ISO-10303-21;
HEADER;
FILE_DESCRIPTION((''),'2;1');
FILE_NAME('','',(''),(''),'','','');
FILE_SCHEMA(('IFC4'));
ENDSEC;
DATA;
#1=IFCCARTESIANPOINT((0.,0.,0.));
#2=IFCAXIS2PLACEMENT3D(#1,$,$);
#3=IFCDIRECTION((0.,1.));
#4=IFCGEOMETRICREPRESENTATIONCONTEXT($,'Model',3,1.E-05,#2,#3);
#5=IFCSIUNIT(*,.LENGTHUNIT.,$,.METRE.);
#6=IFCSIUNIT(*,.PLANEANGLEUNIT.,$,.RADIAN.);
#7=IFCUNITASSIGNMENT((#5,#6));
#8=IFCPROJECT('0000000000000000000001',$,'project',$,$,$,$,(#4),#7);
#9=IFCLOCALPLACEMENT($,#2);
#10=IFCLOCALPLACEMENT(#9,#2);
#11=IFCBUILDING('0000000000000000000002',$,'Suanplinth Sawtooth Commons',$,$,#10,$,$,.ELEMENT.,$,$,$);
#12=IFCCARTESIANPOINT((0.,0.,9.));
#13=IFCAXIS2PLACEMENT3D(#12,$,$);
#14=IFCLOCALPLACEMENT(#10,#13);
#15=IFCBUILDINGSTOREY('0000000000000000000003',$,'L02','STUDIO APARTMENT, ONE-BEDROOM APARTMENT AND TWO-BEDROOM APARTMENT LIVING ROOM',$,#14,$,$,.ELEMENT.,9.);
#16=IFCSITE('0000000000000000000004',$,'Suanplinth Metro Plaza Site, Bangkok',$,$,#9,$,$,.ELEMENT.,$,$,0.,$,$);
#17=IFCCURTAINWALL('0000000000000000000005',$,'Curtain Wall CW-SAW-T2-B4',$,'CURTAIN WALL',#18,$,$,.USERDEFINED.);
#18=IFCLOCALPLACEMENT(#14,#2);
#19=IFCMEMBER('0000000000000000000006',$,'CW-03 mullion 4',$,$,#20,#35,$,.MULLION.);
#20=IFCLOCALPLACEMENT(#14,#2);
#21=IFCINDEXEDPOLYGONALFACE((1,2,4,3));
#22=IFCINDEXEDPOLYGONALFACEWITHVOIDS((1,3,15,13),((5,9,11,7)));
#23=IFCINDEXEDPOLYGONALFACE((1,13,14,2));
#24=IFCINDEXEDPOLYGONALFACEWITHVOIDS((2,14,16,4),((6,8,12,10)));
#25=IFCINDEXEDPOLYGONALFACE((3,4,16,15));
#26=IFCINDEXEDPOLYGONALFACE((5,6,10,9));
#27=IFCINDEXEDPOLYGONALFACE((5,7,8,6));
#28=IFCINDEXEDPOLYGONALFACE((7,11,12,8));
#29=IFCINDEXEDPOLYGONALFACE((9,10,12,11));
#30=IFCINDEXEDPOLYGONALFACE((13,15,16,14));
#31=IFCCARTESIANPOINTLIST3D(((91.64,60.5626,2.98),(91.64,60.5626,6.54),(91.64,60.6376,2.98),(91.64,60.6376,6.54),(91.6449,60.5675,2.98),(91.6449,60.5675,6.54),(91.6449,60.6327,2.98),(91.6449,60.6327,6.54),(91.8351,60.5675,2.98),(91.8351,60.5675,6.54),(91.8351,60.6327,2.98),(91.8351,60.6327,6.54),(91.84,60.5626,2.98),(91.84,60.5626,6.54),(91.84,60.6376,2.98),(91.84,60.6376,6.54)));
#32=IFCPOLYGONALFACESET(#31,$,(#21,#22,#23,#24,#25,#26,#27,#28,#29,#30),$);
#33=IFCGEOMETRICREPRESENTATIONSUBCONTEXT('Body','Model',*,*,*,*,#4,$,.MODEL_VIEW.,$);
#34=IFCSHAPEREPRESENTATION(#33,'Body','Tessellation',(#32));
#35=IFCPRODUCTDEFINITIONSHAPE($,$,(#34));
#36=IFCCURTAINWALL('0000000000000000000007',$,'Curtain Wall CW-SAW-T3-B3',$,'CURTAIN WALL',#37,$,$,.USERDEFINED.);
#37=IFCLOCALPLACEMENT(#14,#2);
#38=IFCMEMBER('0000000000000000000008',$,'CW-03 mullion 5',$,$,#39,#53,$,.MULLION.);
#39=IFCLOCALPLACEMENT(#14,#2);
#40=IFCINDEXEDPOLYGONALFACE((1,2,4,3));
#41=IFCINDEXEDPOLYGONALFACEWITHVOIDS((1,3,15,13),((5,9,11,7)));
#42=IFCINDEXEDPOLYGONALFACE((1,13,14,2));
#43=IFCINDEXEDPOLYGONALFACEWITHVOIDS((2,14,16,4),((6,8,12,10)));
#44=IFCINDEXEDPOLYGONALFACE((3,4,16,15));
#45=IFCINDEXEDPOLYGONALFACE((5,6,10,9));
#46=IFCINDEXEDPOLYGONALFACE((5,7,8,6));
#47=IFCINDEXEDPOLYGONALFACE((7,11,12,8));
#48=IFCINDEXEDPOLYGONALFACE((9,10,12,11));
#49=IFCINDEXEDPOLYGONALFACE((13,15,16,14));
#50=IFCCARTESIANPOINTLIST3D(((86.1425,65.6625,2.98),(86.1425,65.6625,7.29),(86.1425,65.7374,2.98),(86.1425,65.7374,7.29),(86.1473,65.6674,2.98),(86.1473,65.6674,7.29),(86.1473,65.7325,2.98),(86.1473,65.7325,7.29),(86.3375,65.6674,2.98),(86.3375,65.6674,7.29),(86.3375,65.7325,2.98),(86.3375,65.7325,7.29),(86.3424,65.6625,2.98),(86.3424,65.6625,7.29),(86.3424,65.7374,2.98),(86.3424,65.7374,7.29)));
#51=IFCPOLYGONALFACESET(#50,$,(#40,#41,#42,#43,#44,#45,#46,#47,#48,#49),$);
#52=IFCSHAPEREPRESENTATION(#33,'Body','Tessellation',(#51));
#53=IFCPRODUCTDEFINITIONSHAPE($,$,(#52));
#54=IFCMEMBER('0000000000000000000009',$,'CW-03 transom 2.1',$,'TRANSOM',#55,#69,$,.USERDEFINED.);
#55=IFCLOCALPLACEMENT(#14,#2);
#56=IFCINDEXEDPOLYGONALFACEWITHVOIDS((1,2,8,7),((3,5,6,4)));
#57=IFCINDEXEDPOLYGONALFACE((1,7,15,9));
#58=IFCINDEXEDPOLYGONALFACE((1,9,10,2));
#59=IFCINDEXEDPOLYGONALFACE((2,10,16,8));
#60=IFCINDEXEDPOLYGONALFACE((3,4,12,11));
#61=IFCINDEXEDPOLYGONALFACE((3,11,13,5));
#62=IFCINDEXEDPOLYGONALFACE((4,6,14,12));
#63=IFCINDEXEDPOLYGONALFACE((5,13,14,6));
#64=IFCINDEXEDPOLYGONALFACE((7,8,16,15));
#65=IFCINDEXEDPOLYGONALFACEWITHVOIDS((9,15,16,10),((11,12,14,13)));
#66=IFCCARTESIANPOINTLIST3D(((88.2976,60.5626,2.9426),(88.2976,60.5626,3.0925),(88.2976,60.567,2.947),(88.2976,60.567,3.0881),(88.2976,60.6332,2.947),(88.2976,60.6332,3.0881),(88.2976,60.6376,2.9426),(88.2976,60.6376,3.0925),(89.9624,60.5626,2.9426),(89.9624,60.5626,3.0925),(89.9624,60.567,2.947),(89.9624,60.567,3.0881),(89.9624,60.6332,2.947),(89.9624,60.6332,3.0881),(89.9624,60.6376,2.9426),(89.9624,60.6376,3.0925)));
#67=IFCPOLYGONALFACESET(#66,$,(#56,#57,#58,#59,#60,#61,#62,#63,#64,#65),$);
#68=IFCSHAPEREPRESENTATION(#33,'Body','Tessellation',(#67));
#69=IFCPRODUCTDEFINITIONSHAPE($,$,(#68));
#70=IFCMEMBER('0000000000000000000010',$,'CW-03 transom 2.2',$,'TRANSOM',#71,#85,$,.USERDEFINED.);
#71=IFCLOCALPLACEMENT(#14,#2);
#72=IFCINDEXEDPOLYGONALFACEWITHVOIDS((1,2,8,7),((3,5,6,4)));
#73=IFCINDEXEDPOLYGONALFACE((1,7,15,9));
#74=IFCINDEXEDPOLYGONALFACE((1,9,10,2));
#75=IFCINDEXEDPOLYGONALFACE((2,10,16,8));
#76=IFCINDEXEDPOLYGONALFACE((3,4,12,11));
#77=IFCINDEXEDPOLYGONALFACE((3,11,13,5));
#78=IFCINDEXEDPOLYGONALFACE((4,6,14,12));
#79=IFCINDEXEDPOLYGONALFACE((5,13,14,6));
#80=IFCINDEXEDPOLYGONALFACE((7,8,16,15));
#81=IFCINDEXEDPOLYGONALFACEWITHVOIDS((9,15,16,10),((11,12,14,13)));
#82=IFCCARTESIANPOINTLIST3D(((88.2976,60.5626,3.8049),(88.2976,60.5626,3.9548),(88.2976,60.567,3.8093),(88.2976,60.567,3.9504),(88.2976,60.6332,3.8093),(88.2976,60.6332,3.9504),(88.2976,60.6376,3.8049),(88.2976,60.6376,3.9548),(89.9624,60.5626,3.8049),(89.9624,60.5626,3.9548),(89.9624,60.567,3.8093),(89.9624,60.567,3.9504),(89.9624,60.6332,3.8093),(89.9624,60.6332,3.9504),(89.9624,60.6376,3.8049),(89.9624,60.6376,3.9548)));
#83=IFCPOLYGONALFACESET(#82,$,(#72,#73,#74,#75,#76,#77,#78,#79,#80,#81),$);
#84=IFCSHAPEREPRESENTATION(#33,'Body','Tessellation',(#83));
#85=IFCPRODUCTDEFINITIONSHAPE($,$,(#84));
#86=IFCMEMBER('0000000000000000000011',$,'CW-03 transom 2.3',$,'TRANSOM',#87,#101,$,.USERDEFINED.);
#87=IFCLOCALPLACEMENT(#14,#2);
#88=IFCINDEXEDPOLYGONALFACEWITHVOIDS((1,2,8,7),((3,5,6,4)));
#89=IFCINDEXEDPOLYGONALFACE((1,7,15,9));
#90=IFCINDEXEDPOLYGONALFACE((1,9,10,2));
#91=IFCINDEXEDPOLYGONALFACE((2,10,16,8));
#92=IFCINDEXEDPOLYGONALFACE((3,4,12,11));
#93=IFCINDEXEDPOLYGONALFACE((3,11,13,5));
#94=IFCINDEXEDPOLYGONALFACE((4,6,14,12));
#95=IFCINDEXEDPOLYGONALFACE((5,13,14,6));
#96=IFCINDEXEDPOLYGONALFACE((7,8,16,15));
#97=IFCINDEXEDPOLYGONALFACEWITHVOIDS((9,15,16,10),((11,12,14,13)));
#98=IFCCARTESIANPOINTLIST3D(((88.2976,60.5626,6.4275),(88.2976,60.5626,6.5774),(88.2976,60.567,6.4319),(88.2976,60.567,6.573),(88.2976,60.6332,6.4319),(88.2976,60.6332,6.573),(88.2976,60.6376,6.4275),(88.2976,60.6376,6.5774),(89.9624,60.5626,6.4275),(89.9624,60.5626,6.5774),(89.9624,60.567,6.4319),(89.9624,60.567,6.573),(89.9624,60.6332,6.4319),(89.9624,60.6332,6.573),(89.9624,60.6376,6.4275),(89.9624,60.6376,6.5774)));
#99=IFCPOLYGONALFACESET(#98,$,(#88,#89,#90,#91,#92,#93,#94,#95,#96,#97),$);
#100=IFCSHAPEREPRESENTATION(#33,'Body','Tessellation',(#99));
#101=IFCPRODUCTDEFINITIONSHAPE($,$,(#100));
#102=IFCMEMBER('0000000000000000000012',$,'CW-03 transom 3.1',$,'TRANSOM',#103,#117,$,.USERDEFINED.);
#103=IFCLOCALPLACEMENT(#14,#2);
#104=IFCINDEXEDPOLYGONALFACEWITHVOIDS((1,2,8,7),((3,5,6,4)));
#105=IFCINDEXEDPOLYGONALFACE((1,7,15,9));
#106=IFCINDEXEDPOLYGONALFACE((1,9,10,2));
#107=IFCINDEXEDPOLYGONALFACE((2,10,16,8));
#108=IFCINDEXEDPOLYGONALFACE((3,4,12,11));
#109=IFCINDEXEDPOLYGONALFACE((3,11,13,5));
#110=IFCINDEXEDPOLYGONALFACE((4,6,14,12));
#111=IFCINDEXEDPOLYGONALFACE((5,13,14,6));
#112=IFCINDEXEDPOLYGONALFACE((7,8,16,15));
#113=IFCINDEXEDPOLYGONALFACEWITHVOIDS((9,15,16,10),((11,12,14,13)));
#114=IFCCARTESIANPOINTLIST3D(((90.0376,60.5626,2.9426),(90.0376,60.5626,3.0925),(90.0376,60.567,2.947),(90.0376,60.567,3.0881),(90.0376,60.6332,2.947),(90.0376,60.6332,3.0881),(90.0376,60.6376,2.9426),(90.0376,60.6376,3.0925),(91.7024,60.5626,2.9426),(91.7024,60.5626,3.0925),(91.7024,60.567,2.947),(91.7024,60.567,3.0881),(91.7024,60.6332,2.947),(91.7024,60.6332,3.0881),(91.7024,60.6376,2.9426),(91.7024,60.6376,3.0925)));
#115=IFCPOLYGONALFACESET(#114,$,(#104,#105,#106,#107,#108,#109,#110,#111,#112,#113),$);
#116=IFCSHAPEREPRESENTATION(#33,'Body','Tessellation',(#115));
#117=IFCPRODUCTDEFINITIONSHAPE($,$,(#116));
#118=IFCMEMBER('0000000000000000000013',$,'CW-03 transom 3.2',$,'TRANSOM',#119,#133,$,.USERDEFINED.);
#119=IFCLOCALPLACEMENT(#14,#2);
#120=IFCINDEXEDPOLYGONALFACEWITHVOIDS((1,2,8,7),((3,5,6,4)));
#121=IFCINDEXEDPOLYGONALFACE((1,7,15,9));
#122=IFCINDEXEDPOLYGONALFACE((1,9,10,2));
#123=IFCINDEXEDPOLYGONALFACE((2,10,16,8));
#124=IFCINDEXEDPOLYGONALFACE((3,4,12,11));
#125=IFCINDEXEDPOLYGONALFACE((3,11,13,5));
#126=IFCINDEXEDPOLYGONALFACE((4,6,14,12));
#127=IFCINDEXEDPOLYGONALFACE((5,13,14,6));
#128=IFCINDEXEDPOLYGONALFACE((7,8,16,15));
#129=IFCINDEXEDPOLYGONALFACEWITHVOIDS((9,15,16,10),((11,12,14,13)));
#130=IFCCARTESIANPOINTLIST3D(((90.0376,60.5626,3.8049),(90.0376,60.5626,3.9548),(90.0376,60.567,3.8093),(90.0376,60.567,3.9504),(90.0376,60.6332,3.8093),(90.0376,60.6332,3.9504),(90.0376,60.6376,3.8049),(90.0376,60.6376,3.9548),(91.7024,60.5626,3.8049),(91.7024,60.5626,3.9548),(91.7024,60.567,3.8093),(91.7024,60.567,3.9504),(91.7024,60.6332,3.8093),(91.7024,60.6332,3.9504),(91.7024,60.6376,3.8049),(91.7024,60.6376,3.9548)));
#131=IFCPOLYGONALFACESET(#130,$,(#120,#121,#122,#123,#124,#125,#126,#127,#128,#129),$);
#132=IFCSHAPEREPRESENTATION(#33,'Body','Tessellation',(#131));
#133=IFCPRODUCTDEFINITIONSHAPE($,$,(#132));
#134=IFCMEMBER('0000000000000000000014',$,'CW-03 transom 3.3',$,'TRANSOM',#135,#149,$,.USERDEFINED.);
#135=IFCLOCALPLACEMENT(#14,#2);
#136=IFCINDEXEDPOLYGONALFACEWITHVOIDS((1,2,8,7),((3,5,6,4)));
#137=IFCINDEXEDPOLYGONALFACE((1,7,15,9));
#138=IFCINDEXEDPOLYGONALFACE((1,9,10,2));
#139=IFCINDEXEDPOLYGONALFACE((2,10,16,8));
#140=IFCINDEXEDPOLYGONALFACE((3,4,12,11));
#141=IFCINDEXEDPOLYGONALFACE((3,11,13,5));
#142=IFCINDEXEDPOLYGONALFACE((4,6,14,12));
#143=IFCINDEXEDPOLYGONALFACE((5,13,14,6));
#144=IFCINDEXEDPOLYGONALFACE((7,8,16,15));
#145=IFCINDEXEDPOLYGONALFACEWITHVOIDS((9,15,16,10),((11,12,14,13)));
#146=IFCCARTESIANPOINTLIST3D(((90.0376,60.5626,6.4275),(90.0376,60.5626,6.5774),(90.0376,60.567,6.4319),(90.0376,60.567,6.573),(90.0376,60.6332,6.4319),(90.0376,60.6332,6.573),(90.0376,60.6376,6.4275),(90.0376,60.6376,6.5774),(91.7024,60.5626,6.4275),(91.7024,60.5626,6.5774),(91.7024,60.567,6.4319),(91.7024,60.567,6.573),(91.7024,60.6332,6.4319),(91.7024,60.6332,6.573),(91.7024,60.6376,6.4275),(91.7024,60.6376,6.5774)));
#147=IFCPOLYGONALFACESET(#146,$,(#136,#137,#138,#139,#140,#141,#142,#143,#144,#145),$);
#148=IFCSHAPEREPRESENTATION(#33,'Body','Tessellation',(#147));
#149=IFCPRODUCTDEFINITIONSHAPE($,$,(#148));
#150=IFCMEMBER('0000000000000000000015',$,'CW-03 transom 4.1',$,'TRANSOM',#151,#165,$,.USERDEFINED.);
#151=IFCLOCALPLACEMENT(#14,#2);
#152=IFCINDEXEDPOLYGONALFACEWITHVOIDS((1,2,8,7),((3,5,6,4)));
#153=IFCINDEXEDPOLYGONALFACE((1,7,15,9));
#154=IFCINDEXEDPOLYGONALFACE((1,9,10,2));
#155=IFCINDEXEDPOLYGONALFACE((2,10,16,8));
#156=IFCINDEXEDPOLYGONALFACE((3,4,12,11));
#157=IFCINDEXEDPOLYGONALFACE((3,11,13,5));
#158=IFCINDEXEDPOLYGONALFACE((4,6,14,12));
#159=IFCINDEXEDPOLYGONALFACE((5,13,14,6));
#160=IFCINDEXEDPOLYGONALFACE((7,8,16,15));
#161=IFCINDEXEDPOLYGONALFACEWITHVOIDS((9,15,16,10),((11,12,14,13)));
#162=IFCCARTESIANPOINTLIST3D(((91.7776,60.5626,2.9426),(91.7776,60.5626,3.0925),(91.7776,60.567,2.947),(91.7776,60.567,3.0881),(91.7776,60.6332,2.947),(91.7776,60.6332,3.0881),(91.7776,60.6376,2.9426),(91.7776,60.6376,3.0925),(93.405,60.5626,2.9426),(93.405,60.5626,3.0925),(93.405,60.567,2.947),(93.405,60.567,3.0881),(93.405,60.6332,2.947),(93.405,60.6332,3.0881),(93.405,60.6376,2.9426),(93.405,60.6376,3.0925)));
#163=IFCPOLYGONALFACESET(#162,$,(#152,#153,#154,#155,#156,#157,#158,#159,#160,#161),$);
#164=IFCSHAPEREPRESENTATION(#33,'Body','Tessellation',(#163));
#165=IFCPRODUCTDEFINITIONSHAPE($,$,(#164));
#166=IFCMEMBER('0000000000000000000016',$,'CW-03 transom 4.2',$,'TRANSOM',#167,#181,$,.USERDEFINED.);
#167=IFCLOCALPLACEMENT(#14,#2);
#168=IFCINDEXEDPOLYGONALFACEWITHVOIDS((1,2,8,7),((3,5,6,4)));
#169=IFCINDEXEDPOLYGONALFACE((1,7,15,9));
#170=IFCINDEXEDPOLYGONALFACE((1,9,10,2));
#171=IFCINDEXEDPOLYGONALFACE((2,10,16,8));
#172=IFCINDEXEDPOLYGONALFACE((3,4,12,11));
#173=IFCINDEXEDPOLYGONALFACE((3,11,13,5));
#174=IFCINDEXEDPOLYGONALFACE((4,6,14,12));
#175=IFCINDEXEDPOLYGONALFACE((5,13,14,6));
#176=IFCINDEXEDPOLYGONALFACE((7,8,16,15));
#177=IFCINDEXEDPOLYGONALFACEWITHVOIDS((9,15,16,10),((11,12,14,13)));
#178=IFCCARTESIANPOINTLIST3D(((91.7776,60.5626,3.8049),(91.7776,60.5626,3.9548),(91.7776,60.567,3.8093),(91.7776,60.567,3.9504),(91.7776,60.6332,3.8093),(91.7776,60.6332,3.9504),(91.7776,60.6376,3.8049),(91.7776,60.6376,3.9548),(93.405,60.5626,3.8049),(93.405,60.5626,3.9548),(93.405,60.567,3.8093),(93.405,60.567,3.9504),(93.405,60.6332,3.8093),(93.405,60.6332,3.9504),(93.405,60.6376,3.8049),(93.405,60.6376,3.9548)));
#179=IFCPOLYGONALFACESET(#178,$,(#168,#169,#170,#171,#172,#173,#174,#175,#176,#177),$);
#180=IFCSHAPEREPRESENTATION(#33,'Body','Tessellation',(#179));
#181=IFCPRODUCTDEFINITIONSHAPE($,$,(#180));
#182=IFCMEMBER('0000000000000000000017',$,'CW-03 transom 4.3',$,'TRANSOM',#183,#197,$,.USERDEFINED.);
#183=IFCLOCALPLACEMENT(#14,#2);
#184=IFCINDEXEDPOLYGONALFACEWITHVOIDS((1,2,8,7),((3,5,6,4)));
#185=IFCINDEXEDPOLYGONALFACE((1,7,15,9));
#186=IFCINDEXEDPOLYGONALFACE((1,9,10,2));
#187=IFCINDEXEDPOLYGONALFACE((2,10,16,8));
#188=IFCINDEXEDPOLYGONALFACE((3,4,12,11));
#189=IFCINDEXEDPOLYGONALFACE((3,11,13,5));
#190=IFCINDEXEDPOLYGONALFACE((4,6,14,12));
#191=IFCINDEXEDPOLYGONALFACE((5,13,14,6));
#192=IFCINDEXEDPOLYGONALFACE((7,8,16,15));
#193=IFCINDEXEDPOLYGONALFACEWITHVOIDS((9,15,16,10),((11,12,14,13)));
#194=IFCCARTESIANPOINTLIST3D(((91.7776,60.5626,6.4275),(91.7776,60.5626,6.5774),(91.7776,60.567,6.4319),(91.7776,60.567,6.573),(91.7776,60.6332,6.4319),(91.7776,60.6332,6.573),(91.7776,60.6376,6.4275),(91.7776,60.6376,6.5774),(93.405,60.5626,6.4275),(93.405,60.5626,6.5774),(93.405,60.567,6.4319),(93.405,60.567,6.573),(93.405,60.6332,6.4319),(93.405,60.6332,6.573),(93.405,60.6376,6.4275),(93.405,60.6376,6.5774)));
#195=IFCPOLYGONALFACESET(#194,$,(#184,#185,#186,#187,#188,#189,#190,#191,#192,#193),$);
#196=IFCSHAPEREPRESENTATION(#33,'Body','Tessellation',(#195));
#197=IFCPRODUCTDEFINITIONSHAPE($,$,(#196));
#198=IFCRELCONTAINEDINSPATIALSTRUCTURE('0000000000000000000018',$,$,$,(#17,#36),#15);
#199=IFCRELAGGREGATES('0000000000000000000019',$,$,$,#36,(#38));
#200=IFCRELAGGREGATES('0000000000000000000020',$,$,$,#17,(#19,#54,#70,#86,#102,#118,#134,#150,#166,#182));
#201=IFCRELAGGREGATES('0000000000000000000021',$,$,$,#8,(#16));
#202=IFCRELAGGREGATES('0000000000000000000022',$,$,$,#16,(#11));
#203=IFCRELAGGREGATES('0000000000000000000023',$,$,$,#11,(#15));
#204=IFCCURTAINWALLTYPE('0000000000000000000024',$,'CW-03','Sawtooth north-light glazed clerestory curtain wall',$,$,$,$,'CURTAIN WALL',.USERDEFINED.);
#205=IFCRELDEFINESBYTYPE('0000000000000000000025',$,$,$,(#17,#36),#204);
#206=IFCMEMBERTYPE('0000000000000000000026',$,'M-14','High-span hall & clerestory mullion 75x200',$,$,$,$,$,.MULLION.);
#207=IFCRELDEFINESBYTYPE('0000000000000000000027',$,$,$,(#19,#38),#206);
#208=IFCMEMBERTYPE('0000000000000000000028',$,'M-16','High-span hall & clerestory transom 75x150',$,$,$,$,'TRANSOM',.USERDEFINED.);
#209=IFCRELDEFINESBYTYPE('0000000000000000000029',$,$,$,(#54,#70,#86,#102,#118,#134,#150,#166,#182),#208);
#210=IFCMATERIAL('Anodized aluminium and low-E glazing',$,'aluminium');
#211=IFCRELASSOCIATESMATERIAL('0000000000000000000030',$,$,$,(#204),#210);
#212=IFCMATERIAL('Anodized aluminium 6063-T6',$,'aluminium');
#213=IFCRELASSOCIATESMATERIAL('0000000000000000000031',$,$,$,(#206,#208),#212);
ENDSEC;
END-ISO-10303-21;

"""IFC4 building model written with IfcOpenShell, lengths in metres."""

from ifc_helpers import new_model, si_unit, direction, frame, origin, origin_2d, place, context, subcontext, project, spatial, hollow_rectangle, extrude, material, material_profile, profile_set, type_object, element, aggregate, save


model = new_model("IFC4")

# Units and contexts
model_context = context("Model", 3, precision=1e-05, world=origin(), true_north=direction((0.0, 1.0)))
body_context = subcontext(model_context, "Body", "Model", "MODEL_VIEW")
ifc_project = project(units=[si_unit("LENGTHUNIT", "METRE"), si_unit("PLANEANGLEUNIT", "RADIAN")], contexts=[model_context])

# Site, building, storey
site_placement = place(None, origin())
site = spatial("IfcSite", under=ifc_project, at=site_placement, Name="Suanplinth Metro Plaza Site, Bangkok", CompositionType="ELEMENT", RefElevation=0.0)
building_placement = place(site_placement, origin())
building = spatial("IfcBuilding", under=site, at=building_placement, Name="Suanplinth Sawtooth Commons", CompositionType="ELEMENT")
storey_placement = place(building_placement, frame((0.0, 0.0, 9.0)))
storey = spatial("IfcBuildingStorey", under=building, at=storey_placement, Name="L02", Description="STUDIO APARTMENT, ONE-BEDROOM APARTMENT AND TWO-BEDROOM APARTMENT LIVING ROOM", CompositionType="ELEMENT", Elevation=9.0)

# Curtain wall, member
ifc_material_1 = material(Name="Anodized aluminium and low-E glazing", Category="aluminium")
curtain_wall_type = type_object("IfcCurtainWallType", Name="CW-03", Description="Sawtooth north-light glazed clerestory curtain wall", ElementType="CURTAIN WALL", PredefinedType="USERDEFINED", material=ifc_material_1)
curtain_wall_1_placement = place(storey_placement, origin())
curtain_wall_1 = element("IfcCurtainWall", 1, at=curtain_wall_1_placement, inside=storey, type_object=curtain_wall_type, Name="Curtain Wall CW-SAW-T2-B4", ObjectType="CURTAIN WALL", PredefinedType="USERDEFINED")
ifc_material_2 = material(Name="Anodized aluminium 6063-T6", Category="aluminium")
ifc_material_profile_1 = material_profile(ifc_material_2, hollow_rectangle(XDim=0.075, YDim=0.2, WallThickness=0.0049, at=origin_2d()), Name="ALU-MUL 75x200")
ifc_profile_set_1 = profile_set([ifc_material_profile_1], Name="Anodized aluminium 6063-T6")
member_type_1 = type_object("IfcMemberType", Name="M-14", Description="High-span hall & clerestory mullion 75x200", PredefinedType="MULLION", material=ifc_profile_set_1)
member_1_placement = place(storey_placement, frame((91.74, 60.6001, 2.98), z_axis=(0.0, 0.0, 1.0), x_axis=(0.0, 1.0, 0.0)))
member_1 = element("IfcMember", 2, at=member_1_placement, type_object=member_type_1, Name="CW-03 mullion 4", PredefinedType="MULLION", context=body_context, shape_type="SweptSolid", body=[
    extrude(hollow_rectangle(XDim=0.075, YDim=0.2, WallThickness=0.0049, at=origin_2d()), origin(), (0.0, 0.0, 1.0), 3.5601),
])

# Curtain wall, member
curtain_wall_2_placement = place(storey_placement, origin())
curtain_wall_2 = element("IfcCurtainWall", 3, at=curtain_wall_2_placement, inside=storey, type_object=curtain_wall_type, Name="Curtain Wall CW-SAW-T3-B3", ObjectType="CURTAIN WALL", PredefinedType="USERDEFINED")
member_2_placement = place(storey_placement, frame((86.2424, 65.7, 2.98), z_axis=(0.0, 0.0, 1.0), x_axis=(0.0, 1.0, 0.0)))
member_2 = element("IfcMember", 4, at=member_2_placement, type_object=member_type_1, Name="CW-03 mullion 5", PredefinedType="MULLION", context=body_context, shape_type="SweptSolid", body=[
    extrude(hollow_rectangle(XDim=0.075, YDim=0.2, WallThickness=0.0049, at=origin_2d()), origin(), (0.0, 0.0, 1.0), 4.3101),
])

# Members
ifc_material_profile_2 = material_profile(ifc_material_2, hollow_rectangle(XDim=0.075, YDim=0.1499, WallThickness=0.0044, at=origin_2d()), Name="ALU-TRN 75x150")
ifc_profile_set_2 = profile_set([ifc_material_profile_2], Name="Anodized aluminium 6063-T6")
member_type_2 = type_object("IfcMemberType", Name="M-16", Description="High-span hall & clerestory transom 75x150", ElementType="TRANSOM", PredefinedType="USERDEFINED", material=ifc_profile_set_2)
member_3_placement = place(storey_placement, frame((88.2976, 60.6001, 3.0176), z_axis=(1.0, 0.0, 0.0), x_axis=(0.0, 1.0, 0.0)))
member_3 = element("IfcMember", 5, at=member_3_placement, type_object=member_type_2, Name="CW-03 transom 2.1", ObjectType="TRANSOM", PredefinedType="USERDEFINED", context=body_context, shape_type="SweptSolid", body=[
    extrude(hollow_rectangle(XDim=0.075, YDim=0.1499, WallThickness=0.0044, at=origin_2d()), origin(), (0.0, 0.0, 1.0), 1.6648),
])
member_4_placement = place(storey_placement, frame((88.2976, 60.6001, 3.8799), z_axis=(1.0, 0.0, 0.0), x_axis=(0.0, 1.0, 0.0)))
member_4 = element("IfcMember", 6, at=member_4_placement, type_object=member_type_2, Name="CW-03 transom 2.2", ObjectType="TRANSOM", PredefinedType="USERDEFINED", context=body_context, shape_type="SweptSolid", body=[
    extrude(hollow_rectangle(XDim=0.075, YDim=0.1499, WallThickness=0.0044, at=origin_2d()), origin(), (0.0, 0.0, 1.0), 1.6648),
])
member_5_placement = place(storey_placement, frame((88.2976, 60.6001, 6.5024), z_axis=(1.0, 0.0, 0.0), x_axis=(0.0, 1.0, 0.0)))
member_5 = element("IfcMember", 7, at=member_5_placement, type_object=member_type_2, Name="CW-03 transom 2.3", ObjectType="TRANSOM", PredefinedType="USERDEFINED", context=body_context, shape_type="SweptSolid", body=[
    extrude(hollow_rectangle(XDim=0.075, YDim=0.1499, WallThickness=0.0044, at=origin_2d()), origin(), (0.0, 0.0, 1.0), 1.6648),
])
member_6_placement = place(storey_placement, frame((90.0376, 60.6001, 3.0176), z_axis=(1.0, 0.0, 0.0), x_axis=(0.0, 1.0, 0.0)))
member_6 = element("IfcMember", 8, at=member_6_placement, type_object=member_type_2, Name="CW-03 transom 3.1", ObjectType="TRANSOM", PredefinedType="USERDEFINED", context=body_context, shape_type="SweptSolid", body=[
    extrude(hollow_rectangle(XDim=0.075, YDim=0.1499, WallThickness=0.0044, at=origin_2d()), origin(), (0.0, 0.0, 1.0), 1.6648),
])
member_7_placement = place(storey_placement, frame((90.0376, 60.6001, 3.8799), z_axis=(1.0, 0.0, 0.0), x_axis=(0.0, 1.0, 0.0)))
member_7 = element("IfcMember", 9, at=member_7_placement, type_object=member_type_2, Name="CW-03 transom 3.2", ObjectType="TRANSOM", PredefinedType="USERDEFINED", context=body_context, shape_type="SweptSolid", body=[
    extrude(hollow_rectangle(XDim=0.075, YDim=0.1499, WallThickness=0.0044, at=origin_2d()), origin(), (0.0, 0.0, 1.0), 1.6648),
])
member_8_placement = place(storey_placement, frame((90.0376, 60.6001, 6.5024), z_axis=(1.0, 0.0, 0.0), x_axis=(0.0, 1.0, 0.0)))
member_8 = element("IfcMember", 10, at=member_8_placement, type_object=member_type_2, Name="CW-03 transom 3.3", ObjectType="TRANSOM", PredefinedType="USERDEFINED", context=body_context, shape_type="SweptSolid", body=[
    extrude(hollow_rectangle(XDim=0.075, YDim=0.1499, WallThickness=0.0044, at=origin_2d()), origin(), (0.0, 0.0, 1.0), 1.6648),
])
member_9_placement = place(storey_placement, frame((91.7776, 60.6001, 3.0176), z_axis=(1.0, 0.0, 0.0), x_axis=(0.0, 1.0, 0.0)))
member_9 = element("IfcMember", 11, at=member_9_placement, type_object=member_type_2, Name="CW-03 transom 4.1", ObjectType="TRANSOM", PredefinedType="USERDEFINED", context=body_context, shape_type="SweptSolid", body=[
    extrude(hollow_rectangle(XDim=0.075, YDim=0.1499, WallThickness=0.0044, at=origin_2d()), origin(), (0.0, 0.0, 1.0), 1.6274),
])
member_10_placement = place(storey_placement, frame((91.7776, 60.6001, 3.8799), z_axis=(1.0, 0.0, 0.0), x_axis=(0.0, 1.0, 0.0)))
member_10 = element("IfcMember", 12, at=member_10_placement, type_object=member_type_2, Name="CW-03 transom 4.2", ObjectType="TRANSOM", PredefinedType="USERDEFINED", context=body_context, shape_type="SweptSolid", body=[
    extrude(hollow_rectangle(XDim=0.075, YDim=0.1499, WallThickness=0.0044, at=origin_2d()), origin(), (0.0, 0.0, 1.0), 1.6274),
])
member_11_placement = place(storey_placement, frame((91.7776, 60.6001, 6.5024), z_axis=(1.0, 0.0, 0.0), x_axis=(0.0, 1.0, 0.0)))
member_11 = element("IfcMember", 13, at=member_11_placement, type_object=member_type_2, Name="CW-03 transom 4.3", ObjectType="TRANSOM", PredefinedType="USERDEFINED", context=body_context, shape_type="SweptSolid", body=[
    extrude(hollow_rectangle(XDim=0.075, YDim=0.1499, WallThickness=0.0044, at=origin_2d()), origin(), (0.0, 0.0, 1.0), 1.6274),
])

aggregate(curtain_wall_2, [member_2])
aggregate(curtain_wall_1, [member_1, member_3, member_4, member_5, member_6, member_7, member_8, member_9, member_10, member_11])

save(model, "model.ifc")
